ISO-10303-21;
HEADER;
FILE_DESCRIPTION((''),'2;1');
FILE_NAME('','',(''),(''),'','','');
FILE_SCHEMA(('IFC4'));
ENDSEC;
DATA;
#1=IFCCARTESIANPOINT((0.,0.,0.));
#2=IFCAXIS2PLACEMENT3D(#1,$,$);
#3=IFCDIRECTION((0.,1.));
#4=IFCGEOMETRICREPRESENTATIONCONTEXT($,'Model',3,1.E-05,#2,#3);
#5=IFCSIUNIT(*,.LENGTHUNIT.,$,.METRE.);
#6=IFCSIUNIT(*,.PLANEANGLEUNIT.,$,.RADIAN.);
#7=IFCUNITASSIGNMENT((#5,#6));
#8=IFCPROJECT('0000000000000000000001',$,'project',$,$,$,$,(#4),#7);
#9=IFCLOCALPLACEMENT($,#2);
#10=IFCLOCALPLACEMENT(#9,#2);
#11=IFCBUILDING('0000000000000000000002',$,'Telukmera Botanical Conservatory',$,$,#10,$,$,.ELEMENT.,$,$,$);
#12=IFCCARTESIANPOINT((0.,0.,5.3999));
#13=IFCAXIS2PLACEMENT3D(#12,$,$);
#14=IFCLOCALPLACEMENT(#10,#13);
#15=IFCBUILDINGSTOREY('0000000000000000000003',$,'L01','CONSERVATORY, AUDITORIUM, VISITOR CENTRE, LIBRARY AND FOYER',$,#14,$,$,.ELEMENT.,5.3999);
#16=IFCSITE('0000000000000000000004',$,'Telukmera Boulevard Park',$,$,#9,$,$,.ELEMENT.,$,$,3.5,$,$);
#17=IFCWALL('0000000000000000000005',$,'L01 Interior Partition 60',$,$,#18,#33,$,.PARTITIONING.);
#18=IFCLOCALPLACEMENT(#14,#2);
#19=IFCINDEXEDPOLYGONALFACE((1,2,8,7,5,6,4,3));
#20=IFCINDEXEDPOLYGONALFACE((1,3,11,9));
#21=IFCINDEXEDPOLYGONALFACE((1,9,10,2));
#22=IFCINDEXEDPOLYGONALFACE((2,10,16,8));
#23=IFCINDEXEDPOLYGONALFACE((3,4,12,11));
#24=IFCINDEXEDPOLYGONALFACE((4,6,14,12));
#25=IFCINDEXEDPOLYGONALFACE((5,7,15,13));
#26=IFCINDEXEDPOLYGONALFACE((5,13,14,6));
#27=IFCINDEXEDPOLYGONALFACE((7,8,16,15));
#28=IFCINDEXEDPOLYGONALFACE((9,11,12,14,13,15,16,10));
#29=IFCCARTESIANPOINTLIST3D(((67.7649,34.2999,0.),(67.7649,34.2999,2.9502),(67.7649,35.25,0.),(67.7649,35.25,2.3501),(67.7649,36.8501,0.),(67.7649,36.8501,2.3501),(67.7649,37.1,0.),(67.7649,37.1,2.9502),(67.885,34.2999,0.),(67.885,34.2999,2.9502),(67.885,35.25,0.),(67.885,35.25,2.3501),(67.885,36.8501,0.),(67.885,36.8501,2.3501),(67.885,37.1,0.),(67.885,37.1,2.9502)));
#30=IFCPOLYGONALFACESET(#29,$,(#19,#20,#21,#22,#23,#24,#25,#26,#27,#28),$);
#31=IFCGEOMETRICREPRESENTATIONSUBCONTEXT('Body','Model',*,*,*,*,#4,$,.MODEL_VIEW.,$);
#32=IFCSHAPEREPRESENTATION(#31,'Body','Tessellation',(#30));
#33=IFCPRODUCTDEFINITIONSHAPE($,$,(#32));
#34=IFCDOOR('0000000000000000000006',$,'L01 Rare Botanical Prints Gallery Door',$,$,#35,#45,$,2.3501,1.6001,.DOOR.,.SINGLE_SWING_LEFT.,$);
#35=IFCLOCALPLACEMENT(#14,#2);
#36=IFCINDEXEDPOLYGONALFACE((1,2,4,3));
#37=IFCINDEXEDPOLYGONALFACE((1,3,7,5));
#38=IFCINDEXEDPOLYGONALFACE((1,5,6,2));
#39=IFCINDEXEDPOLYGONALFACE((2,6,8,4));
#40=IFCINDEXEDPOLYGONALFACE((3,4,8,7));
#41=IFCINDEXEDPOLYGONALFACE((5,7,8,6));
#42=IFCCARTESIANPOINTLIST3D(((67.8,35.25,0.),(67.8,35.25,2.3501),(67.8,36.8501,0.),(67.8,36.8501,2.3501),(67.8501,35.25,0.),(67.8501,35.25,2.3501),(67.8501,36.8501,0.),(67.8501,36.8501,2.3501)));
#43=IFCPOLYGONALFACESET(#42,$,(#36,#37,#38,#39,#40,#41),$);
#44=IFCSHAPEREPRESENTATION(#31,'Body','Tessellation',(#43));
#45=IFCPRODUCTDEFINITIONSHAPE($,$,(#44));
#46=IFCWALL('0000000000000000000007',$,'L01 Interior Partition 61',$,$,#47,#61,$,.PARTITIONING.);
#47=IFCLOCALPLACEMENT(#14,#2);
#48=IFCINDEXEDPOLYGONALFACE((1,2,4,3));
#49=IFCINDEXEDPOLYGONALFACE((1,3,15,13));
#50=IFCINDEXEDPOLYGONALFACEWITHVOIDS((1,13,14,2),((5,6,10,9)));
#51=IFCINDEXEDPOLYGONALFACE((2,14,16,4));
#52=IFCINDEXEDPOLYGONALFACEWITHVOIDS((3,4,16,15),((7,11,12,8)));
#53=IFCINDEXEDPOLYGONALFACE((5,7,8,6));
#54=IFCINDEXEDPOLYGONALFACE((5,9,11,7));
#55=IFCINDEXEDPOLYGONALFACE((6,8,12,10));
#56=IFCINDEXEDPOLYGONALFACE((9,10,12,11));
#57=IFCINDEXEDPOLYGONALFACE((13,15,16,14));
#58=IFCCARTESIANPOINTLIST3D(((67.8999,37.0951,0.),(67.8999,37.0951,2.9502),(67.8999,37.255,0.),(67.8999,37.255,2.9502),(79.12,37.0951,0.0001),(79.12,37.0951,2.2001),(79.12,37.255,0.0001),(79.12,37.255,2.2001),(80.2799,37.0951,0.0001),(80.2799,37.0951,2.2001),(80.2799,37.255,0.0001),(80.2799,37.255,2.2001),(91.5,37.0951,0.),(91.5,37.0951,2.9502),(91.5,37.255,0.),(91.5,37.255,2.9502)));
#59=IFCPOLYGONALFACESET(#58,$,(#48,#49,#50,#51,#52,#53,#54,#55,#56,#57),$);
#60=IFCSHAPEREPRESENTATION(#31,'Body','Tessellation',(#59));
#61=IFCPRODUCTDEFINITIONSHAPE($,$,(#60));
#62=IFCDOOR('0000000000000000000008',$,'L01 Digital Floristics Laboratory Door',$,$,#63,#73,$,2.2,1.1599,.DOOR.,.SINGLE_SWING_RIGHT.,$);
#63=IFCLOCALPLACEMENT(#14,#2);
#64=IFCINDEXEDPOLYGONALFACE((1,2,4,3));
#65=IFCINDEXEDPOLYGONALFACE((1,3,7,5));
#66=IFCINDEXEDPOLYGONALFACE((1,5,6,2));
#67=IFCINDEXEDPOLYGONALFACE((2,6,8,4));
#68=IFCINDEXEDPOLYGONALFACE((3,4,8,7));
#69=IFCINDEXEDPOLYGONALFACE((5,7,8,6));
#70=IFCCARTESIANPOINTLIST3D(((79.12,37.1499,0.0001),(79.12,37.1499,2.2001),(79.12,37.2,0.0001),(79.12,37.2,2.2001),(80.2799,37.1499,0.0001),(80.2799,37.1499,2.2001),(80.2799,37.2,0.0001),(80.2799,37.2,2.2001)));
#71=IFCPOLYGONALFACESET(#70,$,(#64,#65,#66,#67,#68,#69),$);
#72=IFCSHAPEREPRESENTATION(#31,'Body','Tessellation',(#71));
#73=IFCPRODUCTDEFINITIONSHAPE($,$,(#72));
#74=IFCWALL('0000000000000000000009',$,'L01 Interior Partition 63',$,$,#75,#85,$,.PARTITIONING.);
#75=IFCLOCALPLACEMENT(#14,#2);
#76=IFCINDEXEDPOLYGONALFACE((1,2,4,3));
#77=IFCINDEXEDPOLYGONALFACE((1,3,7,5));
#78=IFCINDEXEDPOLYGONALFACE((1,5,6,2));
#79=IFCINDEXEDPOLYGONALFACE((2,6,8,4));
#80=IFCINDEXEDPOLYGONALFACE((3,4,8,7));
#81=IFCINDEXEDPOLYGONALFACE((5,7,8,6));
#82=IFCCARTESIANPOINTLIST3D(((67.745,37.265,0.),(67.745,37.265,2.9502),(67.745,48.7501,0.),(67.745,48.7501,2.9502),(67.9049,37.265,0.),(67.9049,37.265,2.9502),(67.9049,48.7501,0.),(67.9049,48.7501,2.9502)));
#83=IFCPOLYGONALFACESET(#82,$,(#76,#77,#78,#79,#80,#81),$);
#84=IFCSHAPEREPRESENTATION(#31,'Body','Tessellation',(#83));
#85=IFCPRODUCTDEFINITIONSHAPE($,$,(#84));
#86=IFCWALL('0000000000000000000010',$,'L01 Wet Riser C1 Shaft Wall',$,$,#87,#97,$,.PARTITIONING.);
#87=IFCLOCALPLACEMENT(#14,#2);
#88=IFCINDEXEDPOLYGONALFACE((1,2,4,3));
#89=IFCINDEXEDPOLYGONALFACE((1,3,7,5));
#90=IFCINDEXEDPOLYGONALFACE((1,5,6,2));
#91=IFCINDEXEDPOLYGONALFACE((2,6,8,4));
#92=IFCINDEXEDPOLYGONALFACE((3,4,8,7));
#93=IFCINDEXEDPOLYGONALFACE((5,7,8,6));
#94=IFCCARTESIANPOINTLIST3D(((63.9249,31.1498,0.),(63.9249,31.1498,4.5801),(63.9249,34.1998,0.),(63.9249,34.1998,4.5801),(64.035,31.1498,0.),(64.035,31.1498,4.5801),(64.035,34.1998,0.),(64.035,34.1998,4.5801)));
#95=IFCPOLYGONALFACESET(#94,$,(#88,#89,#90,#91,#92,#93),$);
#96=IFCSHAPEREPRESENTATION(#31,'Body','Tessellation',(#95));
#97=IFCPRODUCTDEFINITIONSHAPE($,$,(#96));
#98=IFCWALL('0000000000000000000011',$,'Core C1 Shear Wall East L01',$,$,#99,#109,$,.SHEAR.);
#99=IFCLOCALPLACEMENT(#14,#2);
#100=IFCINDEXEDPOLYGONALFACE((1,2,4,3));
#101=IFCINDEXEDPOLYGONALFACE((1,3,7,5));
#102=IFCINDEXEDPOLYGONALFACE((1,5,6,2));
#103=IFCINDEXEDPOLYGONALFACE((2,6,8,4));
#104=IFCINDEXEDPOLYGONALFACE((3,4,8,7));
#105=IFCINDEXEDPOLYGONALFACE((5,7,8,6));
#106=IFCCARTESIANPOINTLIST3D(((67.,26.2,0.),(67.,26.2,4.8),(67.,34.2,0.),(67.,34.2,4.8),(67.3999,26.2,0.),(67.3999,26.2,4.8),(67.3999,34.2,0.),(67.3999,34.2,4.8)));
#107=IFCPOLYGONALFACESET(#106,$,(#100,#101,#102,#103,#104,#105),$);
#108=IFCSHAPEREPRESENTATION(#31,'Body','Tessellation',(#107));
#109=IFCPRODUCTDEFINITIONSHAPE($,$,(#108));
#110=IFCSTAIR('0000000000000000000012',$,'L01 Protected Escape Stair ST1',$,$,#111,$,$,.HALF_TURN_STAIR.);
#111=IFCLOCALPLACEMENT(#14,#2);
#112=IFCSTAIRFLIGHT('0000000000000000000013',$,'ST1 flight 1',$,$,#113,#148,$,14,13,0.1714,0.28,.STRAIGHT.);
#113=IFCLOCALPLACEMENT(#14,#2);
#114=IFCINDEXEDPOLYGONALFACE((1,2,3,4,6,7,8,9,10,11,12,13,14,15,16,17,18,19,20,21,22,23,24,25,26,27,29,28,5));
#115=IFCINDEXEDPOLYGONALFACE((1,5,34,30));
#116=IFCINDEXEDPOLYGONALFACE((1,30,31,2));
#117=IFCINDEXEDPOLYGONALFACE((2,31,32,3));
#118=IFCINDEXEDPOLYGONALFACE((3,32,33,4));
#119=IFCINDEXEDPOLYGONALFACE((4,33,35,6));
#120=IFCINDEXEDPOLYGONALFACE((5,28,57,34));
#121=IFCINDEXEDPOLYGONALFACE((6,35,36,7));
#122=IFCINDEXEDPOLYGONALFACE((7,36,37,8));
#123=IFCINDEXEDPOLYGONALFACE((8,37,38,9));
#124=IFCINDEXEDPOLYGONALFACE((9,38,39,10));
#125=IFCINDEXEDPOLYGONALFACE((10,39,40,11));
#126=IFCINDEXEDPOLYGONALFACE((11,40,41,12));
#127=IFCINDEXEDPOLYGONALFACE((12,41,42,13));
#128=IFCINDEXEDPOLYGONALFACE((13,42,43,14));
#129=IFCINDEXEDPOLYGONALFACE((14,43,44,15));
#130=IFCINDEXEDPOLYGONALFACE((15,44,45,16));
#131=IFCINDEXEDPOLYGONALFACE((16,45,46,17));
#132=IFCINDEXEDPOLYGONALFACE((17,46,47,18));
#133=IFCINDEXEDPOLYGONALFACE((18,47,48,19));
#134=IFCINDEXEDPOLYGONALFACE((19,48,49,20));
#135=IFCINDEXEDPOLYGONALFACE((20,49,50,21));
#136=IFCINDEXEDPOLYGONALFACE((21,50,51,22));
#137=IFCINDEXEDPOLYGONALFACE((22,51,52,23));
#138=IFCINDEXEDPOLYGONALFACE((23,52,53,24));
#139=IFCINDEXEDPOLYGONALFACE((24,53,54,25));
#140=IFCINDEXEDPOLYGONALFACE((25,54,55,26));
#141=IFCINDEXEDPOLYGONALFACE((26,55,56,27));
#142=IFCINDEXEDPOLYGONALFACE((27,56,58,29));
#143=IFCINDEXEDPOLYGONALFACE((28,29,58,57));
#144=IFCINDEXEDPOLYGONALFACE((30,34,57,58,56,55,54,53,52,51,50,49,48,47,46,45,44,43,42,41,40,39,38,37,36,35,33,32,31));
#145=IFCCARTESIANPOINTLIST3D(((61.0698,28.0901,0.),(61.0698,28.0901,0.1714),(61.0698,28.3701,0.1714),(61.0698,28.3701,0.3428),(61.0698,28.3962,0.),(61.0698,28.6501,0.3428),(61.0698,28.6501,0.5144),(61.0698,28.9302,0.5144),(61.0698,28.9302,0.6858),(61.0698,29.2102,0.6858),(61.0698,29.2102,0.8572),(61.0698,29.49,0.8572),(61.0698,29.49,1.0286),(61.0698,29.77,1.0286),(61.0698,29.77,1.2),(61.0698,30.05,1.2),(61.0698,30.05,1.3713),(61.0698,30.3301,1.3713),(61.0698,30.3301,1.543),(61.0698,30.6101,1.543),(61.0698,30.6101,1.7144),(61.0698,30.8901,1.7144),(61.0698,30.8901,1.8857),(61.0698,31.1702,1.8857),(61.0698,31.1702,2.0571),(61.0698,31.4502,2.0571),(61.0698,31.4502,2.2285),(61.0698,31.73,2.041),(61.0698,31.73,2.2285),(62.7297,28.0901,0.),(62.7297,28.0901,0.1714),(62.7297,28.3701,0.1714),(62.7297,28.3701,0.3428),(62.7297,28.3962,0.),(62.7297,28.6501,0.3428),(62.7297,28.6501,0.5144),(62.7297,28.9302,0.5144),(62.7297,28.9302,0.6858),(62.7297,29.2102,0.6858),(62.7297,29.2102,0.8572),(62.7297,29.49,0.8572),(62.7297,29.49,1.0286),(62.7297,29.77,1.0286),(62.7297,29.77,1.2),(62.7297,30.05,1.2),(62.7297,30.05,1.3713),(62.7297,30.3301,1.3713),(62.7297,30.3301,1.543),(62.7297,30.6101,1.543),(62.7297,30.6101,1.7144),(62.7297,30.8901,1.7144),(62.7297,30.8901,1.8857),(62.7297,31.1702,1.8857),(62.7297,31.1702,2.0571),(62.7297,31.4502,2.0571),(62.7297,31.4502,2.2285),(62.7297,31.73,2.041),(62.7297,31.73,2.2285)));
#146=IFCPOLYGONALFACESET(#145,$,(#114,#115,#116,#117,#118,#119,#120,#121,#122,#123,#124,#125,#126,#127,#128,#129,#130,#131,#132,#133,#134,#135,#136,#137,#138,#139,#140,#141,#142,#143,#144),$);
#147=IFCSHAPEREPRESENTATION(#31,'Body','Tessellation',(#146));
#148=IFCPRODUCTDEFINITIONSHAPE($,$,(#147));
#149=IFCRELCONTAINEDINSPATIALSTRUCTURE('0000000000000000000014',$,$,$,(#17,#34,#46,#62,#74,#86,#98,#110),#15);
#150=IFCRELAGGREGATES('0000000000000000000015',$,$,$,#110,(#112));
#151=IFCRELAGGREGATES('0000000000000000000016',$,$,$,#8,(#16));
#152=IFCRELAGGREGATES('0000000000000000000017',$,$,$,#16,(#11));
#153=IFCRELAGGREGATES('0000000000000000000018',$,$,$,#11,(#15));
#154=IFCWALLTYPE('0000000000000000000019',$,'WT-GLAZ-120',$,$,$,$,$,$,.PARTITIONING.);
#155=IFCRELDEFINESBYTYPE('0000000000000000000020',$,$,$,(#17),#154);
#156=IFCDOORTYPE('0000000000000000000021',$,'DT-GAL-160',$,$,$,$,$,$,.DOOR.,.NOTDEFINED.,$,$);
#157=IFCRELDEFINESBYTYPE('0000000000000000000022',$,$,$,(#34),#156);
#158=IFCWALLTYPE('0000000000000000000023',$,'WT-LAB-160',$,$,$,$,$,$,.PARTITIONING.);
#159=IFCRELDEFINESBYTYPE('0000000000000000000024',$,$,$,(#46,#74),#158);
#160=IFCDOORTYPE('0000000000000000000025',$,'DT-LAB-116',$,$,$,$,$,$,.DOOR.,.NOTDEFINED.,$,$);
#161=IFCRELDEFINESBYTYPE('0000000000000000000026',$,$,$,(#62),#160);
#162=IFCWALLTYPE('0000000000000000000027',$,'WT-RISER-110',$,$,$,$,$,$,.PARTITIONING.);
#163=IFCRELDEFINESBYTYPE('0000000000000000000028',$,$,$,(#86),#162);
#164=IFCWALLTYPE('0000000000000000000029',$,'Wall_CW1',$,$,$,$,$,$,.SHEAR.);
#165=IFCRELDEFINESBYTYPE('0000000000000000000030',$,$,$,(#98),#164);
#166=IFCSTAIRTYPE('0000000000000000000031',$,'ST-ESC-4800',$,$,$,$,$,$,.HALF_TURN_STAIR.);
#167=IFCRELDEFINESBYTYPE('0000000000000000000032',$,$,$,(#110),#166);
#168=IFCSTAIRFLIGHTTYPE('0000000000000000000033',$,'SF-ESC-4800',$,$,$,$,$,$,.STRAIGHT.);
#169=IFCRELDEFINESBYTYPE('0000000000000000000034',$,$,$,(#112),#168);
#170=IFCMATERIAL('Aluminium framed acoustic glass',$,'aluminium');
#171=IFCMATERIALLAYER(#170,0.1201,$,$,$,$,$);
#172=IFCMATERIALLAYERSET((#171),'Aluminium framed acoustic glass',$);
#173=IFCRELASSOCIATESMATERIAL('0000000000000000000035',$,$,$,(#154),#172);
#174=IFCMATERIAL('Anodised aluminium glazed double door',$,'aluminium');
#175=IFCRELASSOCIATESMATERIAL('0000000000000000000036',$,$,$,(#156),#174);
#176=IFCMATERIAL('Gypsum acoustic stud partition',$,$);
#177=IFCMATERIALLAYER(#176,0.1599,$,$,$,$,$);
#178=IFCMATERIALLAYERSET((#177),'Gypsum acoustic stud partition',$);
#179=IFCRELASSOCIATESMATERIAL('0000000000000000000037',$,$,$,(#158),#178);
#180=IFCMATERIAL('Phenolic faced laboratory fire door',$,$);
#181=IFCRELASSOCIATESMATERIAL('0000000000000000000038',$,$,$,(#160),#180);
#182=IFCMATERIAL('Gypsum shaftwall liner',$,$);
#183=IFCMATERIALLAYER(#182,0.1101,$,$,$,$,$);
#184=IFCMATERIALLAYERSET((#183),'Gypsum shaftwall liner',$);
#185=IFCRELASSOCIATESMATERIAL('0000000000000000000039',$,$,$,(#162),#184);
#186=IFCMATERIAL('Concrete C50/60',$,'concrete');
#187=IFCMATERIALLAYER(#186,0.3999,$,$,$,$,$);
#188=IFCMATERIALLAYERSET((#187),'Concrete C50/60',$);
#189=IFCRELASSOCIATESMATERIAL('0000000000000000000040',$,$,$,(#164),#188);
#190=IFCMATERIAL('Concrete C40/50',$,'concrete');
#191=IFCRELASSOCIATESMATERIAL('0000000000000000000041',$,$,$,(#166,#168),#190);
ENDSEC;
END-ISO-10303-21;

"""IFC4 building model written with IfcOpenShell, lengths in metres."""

from ifc_helpers import new_model, si_unit, direction, frame, frame_2d, origin, place, context, subcontext, project, spatial, polyline, rectangle, outline, extrude, material, layer, layer_set, type_object, element, fill, aggregate, save


model = new_model("IFC4")

# Units and contexts
model_context = context("Model", 3, precision=1e-05, world=origin(), true_north=direction((0.0, 1.0)))
body_context = subcontext(model_context, "Body", "Model", "MODEL_VIEW")
ifc_project = project(units=[si_unit("LENGTHUNIT", "METRE"), si_unit("PLANEANGLEUNIT", "RADIAN")], contexts=[model_context])

# Site, building, storey
site_placement = place(None, origin())
site = spatial("IfcSite", under=ifc_project, at=site_placement, Name="Telukmera Boulevard Park", CompositionType="ELEMENT", RefElevation=3.5)
building_placement = place(site_placement, origin())
building = spatial("IfcBuilding", under=site, at=building_placement, Name="Telukmera Botanical Conservatory", CompositionType="ELEMENT")
storey_placement = place(building_placement, frame((0.0, 0.0, 5.3999)))
storey = spatial("IfcBuildingStorey", under=building, at=storey_placement, Name="L01", Description="CONSERVATORY, AUDITORIUM, VISITOR CENTRE, LIBRARY AND FOYER", CompositionType="ELEMENT", Elevation=5.3999)

# Shared definitions
ifc_material_1 = material(Name="Concrete C50/60", Category="concrete")

# Shared definitions
ifc_material_2 = material(Name="Concrete C40/50", Category="concrete")

# Walls, openings, doors
ifc_material_3 = material(Name="Aluminium framed acoustic glass", Category="aluminium")
ifc_layer_1 = layer(ifc_material_3, 0.1201)
ifc_layer_set_1 = layer_set([ifc_layer_1], Name="Aluminium framed acoustic glass")
wall_type_1 = type_object("IfcWallType", Name="WT-GLAZ-120", PredefinedType="PARTITIONING", material=ifc_layer_set_1)
wall_1_placement = place(storey_placement, frame((67.825, 34.3, 0.0), z_axis=(0.0, 0.0, 1.0), x_axis=(0.0, 1.0, 0.0)))
wall_1 = element("IfcWall", 1, at=wall_1_placement, inside=storey, type_object=wall_type_1, Name="L01 Interior Partition 60", PredefinedType="PARTITIONING", context=body_context, shape_type="SweptSolid", body=[
    extrude(rectangle(XDim=2.8, YDim=0.1201, at=frame_2d((1.3999, 0.0))), origin(), (0.0, 0.0, 1.0), 2.9502),
])
opening_1_placement = place(wall_1_placement, frame((0.95, 0.0, 0.0)))
opening_1 = element("IfcOpeningElement", 2, at=opening_1_placement, cuts=wall_1, PredefinedType="OPENING", context=body_context, shape_type="SweptSolid", body=[
    extrude(rectangle(XDim=1.6001, YDim=2.3501, at=frame_2d((0.8, 1.175))), frame((0.0, 0.0701, 0.0), z_axis=(0.0, -1.0, 0.0), x_axis=(1.0, 0.0, 0.0)), (0.0, 0.0, 1.0), 0.1401),
])
ifc_material_4 = material(Name="Anodised aluminium glazed double door", Category="aluminium")
door_type_1 = type_object("IfcDoorType", Name="DT-GAL-160", OperationType="NOTDEFINED", PredefinedType="DOOR", material=ifc_material_4)
door_1_placement = place(opening_1_placement, origin())
door_1 = element("IfcDoor", 3, at=door_1_placement, inside=storey, type_object=door_type_1, Name="L01 Rare Botanical Prints Gallery Door", OperationType="SINGLE_SWING_LEFT", OverallHeight=2.3501, OverallWidth=1.6001, PredefinedType="DOOR", context=body_context, shape_type="SweptSolid", body=[
    extrude(rectangle(XDim=1.6001, YDim=2.3501, at=frame_2d((0.8, 1.175))), frame((0.0, 0.0249, 0.0), z_axis=(0.0, -1.0, 0.0), x_axis=(1.0, 0.0, 0.0)), (0.0, 0.0, 1.0), 0.05),
])
fill(opening_1, door_1)
ifc_material_5 = material(Name="Gypsum acoustic stud partition")
ifc_layer_2 = layer(ifc_material_5, 0.1599)
ifc_layer_set_2 = layer_set([ifc_layer_2], Name="Gypsum acoustic stud partition")
wall_type_2 = type_object("IfcWallType", Name="WT-LAB-160", PredefinedType="PARTITIONING", material=ifc_layer_set_2)
wall_2_placement = place(storey_placement, frame((67.8999, 37.175, 0.0), z_axis=(0.0, 0.0, 1.0), x_axis=(1.0, 0.0, 0.0)))
wall_2 = element("IfcWall", 4, at=wall_2_placement, inside=storey, type_object=wall_type_2, Name="L01 Interior Partition 61", PredefinedType="PARTITIONING", context=body_context, shape_type="SweptSolid", body=[
    extrude(rectangle(XDim=23.6001, YDim=0.1599, at=frame_2d((11.8, 0.0))), origin(), (0.0, 0.0, 1.0), 2.9502),
])
opening_2_placement = place(wall_2_placement, frame((11.22, 0.0, 0.0)))
opening_2 = element("IfcOpeningElement", 5, at=opening_2_placement, cuts=wall_2, PredefinedType="OPENING", context=body_context, shape_type="SweptSolid", body=[
    extrude(rectangle(XDim=1.1599, YDim=2.2, at=frame_2d((0.5801, 1.1001))), frame((0.0, 0.0898, 0.0), z_axis=(0.0, -1.0, 0.0), x_axis=(1.0, 0.0, 0.0)), (0.0, 0.0, 1.0), 0.1799),
])
ifc_material_6 = material(Name="Phenolic faced laboratory fire door")
door_type_2 = type_object("IfcDoorType", Name="DT-LAB-116", OperationType="NOTDEFINED", PredefinedType="DOOR", material=ifc_material_6)
door_2_placement = place(opening_2_placement, origin())
door_2 = element("IfcDoor", 6, at=door_2_placement, inside=storey, type_object=door_type_2, Name="L01 Digital Floristics Laboratory Door", OperationType="SINGLE_SWING_RIGHT", OverallHeight=2.2, OverallWidth=1.1599, PredefinedType="DOOR", context=body_context, shape_type="SweptSolid", body=[
    extrude(rectangle(XDim=1.1599, YDim=2.2, at=frame_2d((0.5801, 1.1001))), frame((0.0, 0.0249, 0.0), z_axis=(0.0, -1.0, 0.0), x_axis=(1.0, 0.0, 0.0)), (0.0, 0.0, 1.0), 0.05),
])
fill(opening_2, door_2)

# Walls
wall_3_placement = place(storey_placement, frame((67.825, 37.2649, 0.0), z_axis=(0.0, 0.0, 1.0), x_axis=(0.0, 1.0, 0.0)))
element("IfcWall", 7, at=wall_3_placement, inside=storey, type_object=wall_type_2, Name="L01 Interior Partition 63", PredefinedType="PARTITIONING", context=body_context, shape_type="SweptSolid", body=[
    extrude(rectangle(XDim=11.4851, YDim=0.1599, at=frame_2d((5.7427, 0.0))), origin(), (0.0, 0.0, 1.0), 2.9502),
])
ifc_material_7 = material(Name="Gypsum shaftwall liner")
ifc_layer_3 = layer(ifc_material_7, 0.1101)
ifc_layer_set_3 = layer_set([ifc_layer_3], Name="Gypsum shaftwall liner")
wall_type_3 = type_object("IfcWallType", Name="WT-RISER-110", PredefinedType="PARTITIONING", material=ifc_layer_set_3)
wall_4_placement = place(storey_placement, frame((63.98, 31.1499, 0.0), z_axis=(0.0, 0.0, 1.0), x_axis=(0.0, 1.0, 0.0)))
element("IfcWall", 8, at=wall_4_placement, inside=storey, type_object=wall_type_3, Name="L01 Wet Riser C1 Shaft Wall", PredefinedType="PARTITIONING", context=body_context, shape_type="SweptSolid", body=[
    extrude(rectangle(XDim=3.05, YDim=0.1101, at=frame_2d((1.5249, 0.0))), origin(), (0.0, 0.0, 1.0), 4.5801),
])
ifc_layer_4 = layer(ifc_material_1, 0.3999)
ifc_layer_set_4 = layer_set([ifc_layer_4], Name="Concrete C50/60")
wall_type_4 = type_object("IfcWallType", Name="Wall_CW1", PredefinedType="SHEAR", material=ifc_layer_set_4)
wall_5_placement = place(storey_placement, frame((67.2, 26.2, 0.0), z_axis=(0.0, 0.0, 1.0), x_axis=(0.0, 1.0, 0.0)))
element("IfcWall", 9, at=wall_5_placement, inside=storey, type_object=wall_type_4, Name="Core C1 Shear Wall East L01", PredefinedType="SHEAR", context=body_context, shape_type="SweptSolid", body=[
    extrude(rectangle(XDim=8.0, YDim=0.3999, at=frame_2d((4.0, 0.0))), origin(), (0.0, 0.0, 1.0), 4.8),
])

# Stair, stair flight
stair_type = type_object("IfcStairType", Name="ST-ESC-4800", PredefinedType="HALF_TURN_STAIR", material=ifc_material_2)
stair_placement = place(storey_placement, origin())
stair = element("IfcStair", 10, at=stair_placement, inside=storey, type_object=stair_type, Name="L01 Protected Escape Stair ST1", PredefinedType="HALF_TURN_STAIR")
stair_flight_type = type_object("IfcStairFlightType", Name="SF-ESC-4800", PredefinedType="STRAIGHT", material=ifc_material_2)
stair_flight_placement = place(storey_placement, frame((61.8999, 28.0901, 0.0), z_axis=(0.0, 0.0, 1.0), x_axis=(0.0, 1.0, 0.0)))
stair_flight = element("IfcStairFlight", 11, at=stair_flight_placement, type_object=stair_flight_type, Name="ST1 flight 1", NumberOfRisers=14, NumberOfTreads=13, PredefinedType="STRAIGHT", RiserHeight=0.1714, TreadLength=0.28, context=body_context, shape_type="SweptSolid", body=[
    extrude(outline(polyline([(0.0, 0.0), (0.0, 0.1714), (0.28, 0.1714), (0.28, 0.3428), (0.5601, 0.3428), (0.5601, 0.5144), (0.8401, 0.5144), (0.8401, 0.6858), (1.1201, 0.6858), (1.1201, 0.8572), (1.3999, 0.8572), (1.3999, 1.0286), (1.6799, 1.0286), (1.6799, 1.2), (1.96, 1.2), (1.96, 1.3713), (2.24, 1.3713), (2.24, 1.543), (2.52, 1.543), (2.52, 1.7144), (2.8, 1.7144), (2.8, 1.8857), (3.0801, 1.8857), (3.0801, 2.0571), (3.3601, 2.0571), (3.3601, 2.2285), (3.6399, 2.2285), (3.6399, 2.3999), (3.6399, 2.041), (0.3062, 0.0), (0.0, 0.0)])), frame((0.0, 0.8301, 0.0), z_axis=(0.0, -1.0, 0.0), x_axis=(1.0, 0.0, 0.0)), (0.0, 0.0, 1.0), 1.6599),
])
aggregate(stair, [stair_flight])

save(model, "model.ifc")
